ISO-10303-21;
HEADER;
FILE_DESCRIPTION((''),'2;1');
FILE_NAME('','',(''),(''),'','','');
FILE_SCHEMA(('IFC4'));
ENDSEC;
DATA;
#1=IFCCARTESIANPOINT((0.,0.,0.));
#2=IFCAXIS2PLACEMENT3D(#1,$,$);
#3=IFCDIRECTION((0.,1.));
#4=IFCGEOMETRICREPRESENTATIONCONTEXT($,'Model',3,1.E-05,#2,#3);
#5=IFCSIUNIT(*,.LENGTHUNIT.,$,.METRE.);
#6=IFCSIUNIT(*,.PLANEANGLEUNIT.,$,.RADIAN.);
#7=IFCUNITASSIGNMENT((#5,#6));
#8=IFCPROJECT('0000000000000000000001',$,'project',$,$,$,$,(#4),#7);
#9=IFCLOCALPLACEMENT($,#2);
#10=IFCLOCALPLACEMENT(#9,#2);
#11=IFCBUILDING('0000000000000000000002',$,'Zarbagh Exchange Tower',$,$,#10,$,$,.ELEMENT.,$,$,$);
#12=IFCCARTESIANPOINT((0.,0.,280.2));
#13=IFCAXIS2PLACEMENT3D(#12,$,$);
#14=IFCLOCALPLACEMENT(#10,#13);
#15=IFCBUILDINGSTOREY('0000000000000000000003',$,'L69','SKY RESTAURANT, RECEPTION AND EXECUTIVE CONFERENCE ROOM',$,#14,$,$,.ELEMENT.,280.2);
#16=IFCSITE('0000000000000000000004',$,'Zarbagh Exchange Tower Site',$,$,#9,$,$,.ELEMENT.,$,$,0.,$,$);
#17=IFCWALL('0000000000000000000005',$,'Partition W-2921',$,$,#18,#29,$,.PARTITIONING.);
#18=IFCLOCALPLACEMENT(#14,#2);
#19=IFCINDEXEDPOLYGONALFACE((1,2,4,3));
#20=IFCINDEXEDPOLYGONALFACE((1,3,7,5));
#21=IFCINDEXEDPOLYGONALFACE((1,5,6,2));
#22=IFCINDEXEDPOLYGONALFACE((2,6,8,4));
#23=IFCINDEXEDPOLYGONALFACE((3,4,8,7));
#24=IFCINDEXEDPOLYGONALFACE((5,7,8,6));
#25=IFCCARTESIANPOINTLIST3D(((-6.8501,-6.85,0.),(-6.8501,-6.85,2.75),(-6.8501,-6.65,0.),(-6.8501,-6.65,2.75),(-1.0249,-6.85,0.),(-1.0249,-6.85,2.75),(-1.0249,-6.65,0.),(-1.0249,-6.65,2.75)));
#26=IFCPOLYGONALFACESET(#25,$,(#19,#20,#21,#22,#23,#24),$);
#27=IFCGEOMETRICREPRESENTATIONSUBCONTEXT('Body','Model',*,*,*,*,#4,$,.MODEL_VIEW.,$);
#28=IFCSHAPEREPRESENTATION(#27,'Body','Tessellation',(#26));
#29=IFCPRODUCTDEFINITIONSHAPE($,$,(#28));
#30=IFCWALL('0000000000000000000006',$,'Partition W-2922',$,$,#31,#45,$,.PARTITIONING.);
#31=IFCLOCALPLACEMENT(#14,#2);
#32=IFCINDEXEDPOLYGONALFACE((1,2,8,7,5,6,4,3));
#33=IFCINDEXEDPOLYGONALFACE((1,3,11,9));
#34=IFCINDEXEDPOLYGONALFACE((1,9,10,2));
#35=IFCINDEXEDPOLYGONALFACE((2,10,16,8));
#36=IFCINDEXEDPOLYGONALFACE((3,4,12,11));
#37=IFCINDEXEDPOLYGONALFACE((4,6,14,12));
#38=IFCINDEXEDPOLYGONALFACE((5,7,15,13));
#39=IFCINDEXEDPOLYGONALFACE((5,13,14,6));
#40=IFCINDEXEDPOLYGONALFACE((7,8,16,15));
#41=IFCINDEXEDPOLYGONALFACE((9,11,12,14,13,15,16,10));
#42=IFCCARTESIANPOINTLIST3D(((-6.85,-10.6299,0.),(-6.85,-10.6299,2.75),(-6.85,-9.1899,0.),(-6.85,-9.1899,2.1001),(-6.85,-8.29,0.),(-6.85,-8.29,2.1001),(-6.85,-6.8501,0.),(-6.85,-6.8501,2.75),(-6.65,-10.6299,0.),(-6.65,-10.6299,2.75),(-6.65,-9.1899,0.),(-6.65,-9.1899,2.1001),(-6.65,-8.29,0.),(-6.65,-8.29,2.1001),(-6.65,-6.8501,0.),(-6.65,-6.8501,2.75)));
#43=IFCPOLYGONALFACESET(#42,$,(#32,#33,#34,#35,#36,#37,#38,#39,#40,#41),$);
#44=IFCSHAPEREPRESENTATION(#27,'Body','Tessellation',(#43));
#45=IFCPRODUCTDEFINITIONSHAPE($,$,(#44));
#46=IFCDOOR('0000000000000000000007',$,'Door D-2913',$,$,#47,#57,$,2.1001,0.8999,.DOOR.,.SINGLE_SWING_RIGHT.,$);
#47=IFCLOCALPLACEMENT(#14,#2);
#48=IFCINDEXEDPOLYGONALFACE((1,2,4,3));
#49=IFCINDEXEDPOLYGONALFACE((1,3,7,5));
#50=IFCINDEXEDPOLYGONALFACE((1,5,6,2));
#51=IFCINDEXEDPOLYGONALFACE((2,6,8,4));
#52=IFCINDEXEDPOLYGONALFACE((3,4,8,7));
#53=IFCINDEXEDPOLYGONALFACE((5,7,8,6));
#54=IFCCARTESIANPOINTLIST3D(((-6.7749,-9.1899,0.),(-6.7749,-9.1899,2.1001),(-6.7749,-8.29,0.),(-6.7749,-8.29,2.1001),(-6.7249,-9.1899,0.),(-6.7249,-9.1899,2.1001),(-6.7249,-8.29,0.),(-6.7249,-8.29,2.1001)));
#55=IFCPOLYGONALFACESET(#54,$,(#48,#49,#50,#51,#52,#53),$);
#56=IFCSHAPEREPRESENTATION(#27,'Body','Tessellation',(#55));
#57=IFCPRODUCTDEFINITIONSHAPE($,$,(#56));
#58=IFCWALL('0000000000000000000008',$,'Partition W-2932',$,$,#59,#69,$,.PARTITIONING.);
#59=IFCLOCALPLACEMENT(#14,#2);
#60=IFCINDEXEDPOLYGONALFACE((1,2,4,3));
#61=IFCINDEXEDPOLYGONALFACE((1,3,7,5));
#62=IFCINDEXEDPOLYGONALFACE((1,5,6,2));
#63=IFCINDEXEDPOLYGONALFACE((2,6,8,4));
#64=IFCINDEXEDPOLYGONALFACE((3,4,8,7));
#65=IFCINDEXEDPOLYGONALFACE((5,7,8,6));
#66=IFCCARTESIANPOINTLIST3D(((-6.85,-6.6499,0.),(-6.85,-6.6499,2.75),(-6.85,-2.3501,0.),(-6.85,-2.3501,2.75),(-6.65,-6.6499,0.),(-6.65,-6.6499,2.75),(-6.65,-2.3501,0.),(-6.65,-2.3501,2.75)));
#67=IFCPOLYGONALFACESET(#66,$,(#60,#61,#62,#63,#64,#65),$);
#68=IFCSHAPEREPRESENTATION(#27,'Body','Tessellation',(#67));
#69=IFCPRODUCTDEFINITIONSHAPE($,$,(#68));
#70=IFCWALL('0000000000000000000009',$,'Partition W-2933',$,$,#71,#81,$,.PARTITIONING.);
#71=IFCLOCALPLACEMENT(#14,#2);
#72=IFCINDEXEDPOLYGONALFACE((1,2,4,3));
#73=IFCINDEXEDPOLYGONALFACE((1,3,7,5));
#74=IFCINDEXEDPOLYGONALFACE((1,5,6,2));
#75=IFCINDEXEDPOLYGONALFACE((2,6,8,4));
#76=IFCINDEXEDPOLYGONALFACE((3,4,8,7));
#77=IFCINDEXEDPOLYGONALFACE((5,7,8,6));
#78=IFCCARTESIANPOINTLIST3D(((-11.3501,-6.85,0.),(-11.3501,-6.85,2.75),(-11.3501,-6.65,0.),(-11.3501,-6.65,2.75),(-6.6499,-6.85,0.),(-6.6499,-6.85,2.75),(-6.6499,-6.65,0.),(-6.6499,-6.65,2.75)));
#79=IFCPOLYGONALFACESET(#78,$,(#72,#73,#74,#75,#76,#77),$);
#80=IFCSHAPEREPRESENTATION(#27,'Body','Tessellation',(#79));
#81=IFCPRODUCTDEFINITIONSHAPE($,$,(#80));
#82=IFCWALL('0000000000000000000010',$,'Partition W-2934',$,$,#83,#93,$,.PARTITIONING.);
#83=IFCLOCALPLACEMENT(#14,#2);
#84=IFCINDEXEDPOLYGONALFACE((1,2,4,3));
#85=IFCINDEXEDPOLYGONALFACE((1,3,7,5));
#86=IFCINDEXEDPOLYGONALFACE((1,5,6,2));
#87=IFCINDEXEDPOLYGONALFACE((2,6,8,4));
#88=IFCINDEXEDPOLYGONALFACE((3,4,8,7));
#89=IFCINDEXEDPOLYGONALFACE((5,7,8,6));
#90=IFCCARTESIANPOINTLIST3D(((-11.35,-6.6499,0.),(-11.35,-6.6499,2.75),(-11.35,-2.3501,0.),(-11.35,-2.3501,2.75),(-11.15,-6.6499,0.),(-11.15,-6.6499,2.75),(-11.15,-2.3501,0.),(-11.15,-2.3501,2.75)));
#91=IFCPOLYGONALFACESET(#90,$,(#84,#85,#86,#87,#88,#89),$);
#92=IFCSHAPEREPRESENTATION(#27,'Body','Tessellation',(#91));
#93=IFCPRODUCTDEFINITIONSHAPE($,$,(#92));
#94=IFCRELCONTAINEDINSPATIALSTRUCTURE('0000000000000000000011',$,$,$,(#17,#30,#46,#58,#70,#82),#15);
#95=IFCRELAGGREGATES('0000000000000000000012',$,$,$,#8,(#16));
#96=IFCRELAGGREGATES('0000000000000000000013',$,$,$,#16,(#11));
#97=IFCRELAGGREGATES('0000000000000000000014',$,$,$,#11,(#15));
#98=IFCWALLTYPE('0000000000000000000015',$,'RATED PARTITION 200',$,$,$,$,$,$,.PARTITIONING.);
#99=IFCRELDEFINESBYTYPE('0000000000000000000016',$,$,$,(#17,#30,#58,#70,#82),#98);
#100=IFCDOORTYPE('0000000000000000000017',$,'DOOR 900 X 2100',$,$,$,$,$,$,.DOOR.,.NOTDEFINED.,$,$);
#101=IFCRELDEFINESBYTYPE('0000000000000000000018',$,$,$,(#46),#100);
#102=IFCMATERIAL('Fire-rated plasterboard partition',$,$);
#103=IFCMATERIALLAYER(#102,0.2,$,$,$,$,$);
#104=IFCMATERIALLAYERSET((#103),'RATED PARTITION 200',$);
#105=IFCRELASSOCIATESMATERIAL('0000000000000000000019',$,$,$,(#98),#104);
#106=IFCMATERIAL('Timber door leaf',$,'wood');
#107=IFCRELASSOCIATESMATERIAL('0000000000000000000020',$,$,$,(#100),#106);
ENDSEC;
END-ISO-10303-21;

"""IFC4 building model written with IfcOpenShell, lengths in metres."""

from ifc_helpers import new_model, si_unit, direction, frame, frame_2d, origin, place, context, subcontext, project, spatial, rectangle, extrude, material, layer, layer_set, type_object, element, fill, save


model = new_model("IFC4")

# Units and contexts
model_context = context("Model", 3, precision=1e-05, world=origin(), true_north=direction((0.0, 1.0)))
body_context = subcontext(model_context, "Body", "Model", "MODEL_VIEW")
ifc_project = project(units=[si_unit("LENGTHUNIT", "METRE"), si_unit("PLANEANGLEUNIT", "RADIAN")], contexts=[model_context])

# Site, building, storey
site_placement = place(None, origin())
site = spatial("IfcSite", under=ifc_project, at=site_placement, Name="Zarbagh Exchange Tower Site", CompositionType="ELEMENT", RefElevation=0.0)
building_placement = place(site_placement, origin())
building = spatial("IfcBuilding", under=site, at=building_placement, Name="Zarbagh Exchange Tower", CompositionType="ELEMENT")
storey_placement = place(building_placement, frame((0.0, 0.0, 280.2)))
storey = spatial("IfcBuildingStorey", under=building, at=storey_placement, Name="L69", Description="SKY RESTAURANT, RECEPTION AND EXECUTIVE CONFERENCE ROOM", CompositionType="ELEMENT", Elevation=280.2)

# Wall
ifc_material_1 = material(Name="Fire-rated plasterboard partition")
ifc_layer = layer(ifc_material_1, 0.2)
ifc_layer_set = layer_set([ifc_layer], Name="RATED PARTITION 200")
wall_type = type_object("IfcWallType", Name="RATED PARTITION 200", PredefinedType="PARTITIONING", material=ifc_layer_set)
wall_1_placement = place(storey_placement, frame((-6.8501, -6.75, 0.0), z_axis=(0.0, 0.0, 1.0), x_axis=(1.0, 0.0, 0.0)))
element("IfcWall", 1, at=wall_1_placement, inside=storey, type_object=wall_type, Name="Partition W-2921", PredefinedType="PARTITIONING", context=body_context, shape_type="SweptSolid", body=[
    extrude(rectangle(XDim=5.8252, YDim=0.2, at=frame_2d((2.9126, 0.0))), origin(), (0.0, 0.0, 1.0), 2.75),
])

# Wall, opening, door
wall_2_placement = place(storey_placement, frame((-6.75, -10.6299, 0.0), z_axis=(0.0, 0.0, 1.0), x_axis=(0.0, 1.0, 0.0)))
wall_2 = element("IfcWall", 2, at=wall_2_placement, inside=storey, type_object=wall_type, Name="Partition W-2922", PredefinedType="PARTITIONING", context=body_context, shape_type="SweptSolid", body=[
    extrude(rectangle(XDim=3.7798, YDim=0.2, at=frame_2d((1.8899, 0.0))), origin(), (0.0, 0.0, 1.0), 2.75),
])
opening_placement = place(wall_2_placement, frame((1.4399, 0.0, 0.0)))
opening = element("IfcOpeningElement", 3, at=opening_placement, cuts=wall_2, PredefinedType="OPENING", context=body_context, shape_type="SweptSolid", body=[
    extrude(rectangle(XDim=0.8999, YDim=2.1001, at=frame_2d((0.45, 1.05))), frame((0.0, 0.1099, 0.0), z_axis=(0.0, -1.0, 0.0), x_axis=(1.0, 0.0, 0.0)), (0.0, 0.0, 1.0), 0.22),
])
ifc_material_2 = material(Name="Timber door leaf", Category="wood")
door_type = type_object("IfcDoorType", Name="DOOR 900 X 2100", OperationType="NOTDEFINED", PredefinedType="DOOR", material=ifc_material_2)
door_placement = place(opening_placement, origin())
door = element("IfcDoor", 4, at=door_placement, inside=storey, type_object=door_type, Name="Door D-2913", OperationType="SINGLE_SWING_RIGHT", OverallHeight=2.1001, OverallWidth=0.8999, PredefinedType="DOOR", context=body_context, shape_type="SweptSolid", body=[
    extrude(rectangle(XDim=0.8999, YDim=2.1001, at=frame_2d((0.45, 1.05))), frame((0.0, 0.0249, 0.0), z_axis=(0.0, -1.0, 0.0), x_axis=(1.0, 0.0, 0.0)), (0.0, 0.0, 1.0), 0.05),
])
fill(opening, door)

# Walls
wall_3_placement = place(storey_placement, frame((-6.75, -6.6499, 0.0), z_axis=(0.0, 0.0, 1.0), x_axis=(0.0, 1.0, 0.0)))
element("IfcWall", 5, at=wall_3_placement, inside=storey, type_object=wall_type, Name="Partition W-2932", PredefinedType="PARTITIONING", context=body_context, shape_type="SweptSolid", body=[
    extrude(rectangle(XDim=4.2998, YDim=0.2, at=frame_2d((2.1499, 0.0))), origin(), (0.0, 0.0, 1.0), 2.75),
])
wall_4_placement = place(storey_placement, frame((-11.3501, -6.75, 0.0), z_axis=(0.0, 0.0, 1.0), x_axis=(1.0, 0.0, 0.0)))
element("IfcWall", 6, at=wall_4_placement, inside=storey, type_object=wall_type, Name="Partition W-2933", PredefinedType="PARTITIONING", context=body_context, shape_type="SweptSolid", body=[
    extrude(rectangle(XDim=4.7002, YDim=0.2, at=frame_2d((2.3501, 0.0))), origin(), (0.0, 0.0, 1.0), 2.75),
])
wall_5_placement = place(storey_placement, frame((-11.25, -6.6499, 0.0), z_axis=(0.0, 0.0, 1.0), x_axis=(0.0, 1.0, 0.0)))
element("IfcWall", 7, at=wall_5_placement, inside=storey, type_object=wall_type, Name="Partition W-2934", PredefinedType="PARTITIONING", context=body_context, shape_type="SweptSolid", body=[
    extrude(rectangle(XDim=4.2998, YDim=0.2, at=frame_2d((2.1499, 0.0))), origin(), (0.0, 0.0, 1.0), 2.75),
])

save(model, "model.ifc")
